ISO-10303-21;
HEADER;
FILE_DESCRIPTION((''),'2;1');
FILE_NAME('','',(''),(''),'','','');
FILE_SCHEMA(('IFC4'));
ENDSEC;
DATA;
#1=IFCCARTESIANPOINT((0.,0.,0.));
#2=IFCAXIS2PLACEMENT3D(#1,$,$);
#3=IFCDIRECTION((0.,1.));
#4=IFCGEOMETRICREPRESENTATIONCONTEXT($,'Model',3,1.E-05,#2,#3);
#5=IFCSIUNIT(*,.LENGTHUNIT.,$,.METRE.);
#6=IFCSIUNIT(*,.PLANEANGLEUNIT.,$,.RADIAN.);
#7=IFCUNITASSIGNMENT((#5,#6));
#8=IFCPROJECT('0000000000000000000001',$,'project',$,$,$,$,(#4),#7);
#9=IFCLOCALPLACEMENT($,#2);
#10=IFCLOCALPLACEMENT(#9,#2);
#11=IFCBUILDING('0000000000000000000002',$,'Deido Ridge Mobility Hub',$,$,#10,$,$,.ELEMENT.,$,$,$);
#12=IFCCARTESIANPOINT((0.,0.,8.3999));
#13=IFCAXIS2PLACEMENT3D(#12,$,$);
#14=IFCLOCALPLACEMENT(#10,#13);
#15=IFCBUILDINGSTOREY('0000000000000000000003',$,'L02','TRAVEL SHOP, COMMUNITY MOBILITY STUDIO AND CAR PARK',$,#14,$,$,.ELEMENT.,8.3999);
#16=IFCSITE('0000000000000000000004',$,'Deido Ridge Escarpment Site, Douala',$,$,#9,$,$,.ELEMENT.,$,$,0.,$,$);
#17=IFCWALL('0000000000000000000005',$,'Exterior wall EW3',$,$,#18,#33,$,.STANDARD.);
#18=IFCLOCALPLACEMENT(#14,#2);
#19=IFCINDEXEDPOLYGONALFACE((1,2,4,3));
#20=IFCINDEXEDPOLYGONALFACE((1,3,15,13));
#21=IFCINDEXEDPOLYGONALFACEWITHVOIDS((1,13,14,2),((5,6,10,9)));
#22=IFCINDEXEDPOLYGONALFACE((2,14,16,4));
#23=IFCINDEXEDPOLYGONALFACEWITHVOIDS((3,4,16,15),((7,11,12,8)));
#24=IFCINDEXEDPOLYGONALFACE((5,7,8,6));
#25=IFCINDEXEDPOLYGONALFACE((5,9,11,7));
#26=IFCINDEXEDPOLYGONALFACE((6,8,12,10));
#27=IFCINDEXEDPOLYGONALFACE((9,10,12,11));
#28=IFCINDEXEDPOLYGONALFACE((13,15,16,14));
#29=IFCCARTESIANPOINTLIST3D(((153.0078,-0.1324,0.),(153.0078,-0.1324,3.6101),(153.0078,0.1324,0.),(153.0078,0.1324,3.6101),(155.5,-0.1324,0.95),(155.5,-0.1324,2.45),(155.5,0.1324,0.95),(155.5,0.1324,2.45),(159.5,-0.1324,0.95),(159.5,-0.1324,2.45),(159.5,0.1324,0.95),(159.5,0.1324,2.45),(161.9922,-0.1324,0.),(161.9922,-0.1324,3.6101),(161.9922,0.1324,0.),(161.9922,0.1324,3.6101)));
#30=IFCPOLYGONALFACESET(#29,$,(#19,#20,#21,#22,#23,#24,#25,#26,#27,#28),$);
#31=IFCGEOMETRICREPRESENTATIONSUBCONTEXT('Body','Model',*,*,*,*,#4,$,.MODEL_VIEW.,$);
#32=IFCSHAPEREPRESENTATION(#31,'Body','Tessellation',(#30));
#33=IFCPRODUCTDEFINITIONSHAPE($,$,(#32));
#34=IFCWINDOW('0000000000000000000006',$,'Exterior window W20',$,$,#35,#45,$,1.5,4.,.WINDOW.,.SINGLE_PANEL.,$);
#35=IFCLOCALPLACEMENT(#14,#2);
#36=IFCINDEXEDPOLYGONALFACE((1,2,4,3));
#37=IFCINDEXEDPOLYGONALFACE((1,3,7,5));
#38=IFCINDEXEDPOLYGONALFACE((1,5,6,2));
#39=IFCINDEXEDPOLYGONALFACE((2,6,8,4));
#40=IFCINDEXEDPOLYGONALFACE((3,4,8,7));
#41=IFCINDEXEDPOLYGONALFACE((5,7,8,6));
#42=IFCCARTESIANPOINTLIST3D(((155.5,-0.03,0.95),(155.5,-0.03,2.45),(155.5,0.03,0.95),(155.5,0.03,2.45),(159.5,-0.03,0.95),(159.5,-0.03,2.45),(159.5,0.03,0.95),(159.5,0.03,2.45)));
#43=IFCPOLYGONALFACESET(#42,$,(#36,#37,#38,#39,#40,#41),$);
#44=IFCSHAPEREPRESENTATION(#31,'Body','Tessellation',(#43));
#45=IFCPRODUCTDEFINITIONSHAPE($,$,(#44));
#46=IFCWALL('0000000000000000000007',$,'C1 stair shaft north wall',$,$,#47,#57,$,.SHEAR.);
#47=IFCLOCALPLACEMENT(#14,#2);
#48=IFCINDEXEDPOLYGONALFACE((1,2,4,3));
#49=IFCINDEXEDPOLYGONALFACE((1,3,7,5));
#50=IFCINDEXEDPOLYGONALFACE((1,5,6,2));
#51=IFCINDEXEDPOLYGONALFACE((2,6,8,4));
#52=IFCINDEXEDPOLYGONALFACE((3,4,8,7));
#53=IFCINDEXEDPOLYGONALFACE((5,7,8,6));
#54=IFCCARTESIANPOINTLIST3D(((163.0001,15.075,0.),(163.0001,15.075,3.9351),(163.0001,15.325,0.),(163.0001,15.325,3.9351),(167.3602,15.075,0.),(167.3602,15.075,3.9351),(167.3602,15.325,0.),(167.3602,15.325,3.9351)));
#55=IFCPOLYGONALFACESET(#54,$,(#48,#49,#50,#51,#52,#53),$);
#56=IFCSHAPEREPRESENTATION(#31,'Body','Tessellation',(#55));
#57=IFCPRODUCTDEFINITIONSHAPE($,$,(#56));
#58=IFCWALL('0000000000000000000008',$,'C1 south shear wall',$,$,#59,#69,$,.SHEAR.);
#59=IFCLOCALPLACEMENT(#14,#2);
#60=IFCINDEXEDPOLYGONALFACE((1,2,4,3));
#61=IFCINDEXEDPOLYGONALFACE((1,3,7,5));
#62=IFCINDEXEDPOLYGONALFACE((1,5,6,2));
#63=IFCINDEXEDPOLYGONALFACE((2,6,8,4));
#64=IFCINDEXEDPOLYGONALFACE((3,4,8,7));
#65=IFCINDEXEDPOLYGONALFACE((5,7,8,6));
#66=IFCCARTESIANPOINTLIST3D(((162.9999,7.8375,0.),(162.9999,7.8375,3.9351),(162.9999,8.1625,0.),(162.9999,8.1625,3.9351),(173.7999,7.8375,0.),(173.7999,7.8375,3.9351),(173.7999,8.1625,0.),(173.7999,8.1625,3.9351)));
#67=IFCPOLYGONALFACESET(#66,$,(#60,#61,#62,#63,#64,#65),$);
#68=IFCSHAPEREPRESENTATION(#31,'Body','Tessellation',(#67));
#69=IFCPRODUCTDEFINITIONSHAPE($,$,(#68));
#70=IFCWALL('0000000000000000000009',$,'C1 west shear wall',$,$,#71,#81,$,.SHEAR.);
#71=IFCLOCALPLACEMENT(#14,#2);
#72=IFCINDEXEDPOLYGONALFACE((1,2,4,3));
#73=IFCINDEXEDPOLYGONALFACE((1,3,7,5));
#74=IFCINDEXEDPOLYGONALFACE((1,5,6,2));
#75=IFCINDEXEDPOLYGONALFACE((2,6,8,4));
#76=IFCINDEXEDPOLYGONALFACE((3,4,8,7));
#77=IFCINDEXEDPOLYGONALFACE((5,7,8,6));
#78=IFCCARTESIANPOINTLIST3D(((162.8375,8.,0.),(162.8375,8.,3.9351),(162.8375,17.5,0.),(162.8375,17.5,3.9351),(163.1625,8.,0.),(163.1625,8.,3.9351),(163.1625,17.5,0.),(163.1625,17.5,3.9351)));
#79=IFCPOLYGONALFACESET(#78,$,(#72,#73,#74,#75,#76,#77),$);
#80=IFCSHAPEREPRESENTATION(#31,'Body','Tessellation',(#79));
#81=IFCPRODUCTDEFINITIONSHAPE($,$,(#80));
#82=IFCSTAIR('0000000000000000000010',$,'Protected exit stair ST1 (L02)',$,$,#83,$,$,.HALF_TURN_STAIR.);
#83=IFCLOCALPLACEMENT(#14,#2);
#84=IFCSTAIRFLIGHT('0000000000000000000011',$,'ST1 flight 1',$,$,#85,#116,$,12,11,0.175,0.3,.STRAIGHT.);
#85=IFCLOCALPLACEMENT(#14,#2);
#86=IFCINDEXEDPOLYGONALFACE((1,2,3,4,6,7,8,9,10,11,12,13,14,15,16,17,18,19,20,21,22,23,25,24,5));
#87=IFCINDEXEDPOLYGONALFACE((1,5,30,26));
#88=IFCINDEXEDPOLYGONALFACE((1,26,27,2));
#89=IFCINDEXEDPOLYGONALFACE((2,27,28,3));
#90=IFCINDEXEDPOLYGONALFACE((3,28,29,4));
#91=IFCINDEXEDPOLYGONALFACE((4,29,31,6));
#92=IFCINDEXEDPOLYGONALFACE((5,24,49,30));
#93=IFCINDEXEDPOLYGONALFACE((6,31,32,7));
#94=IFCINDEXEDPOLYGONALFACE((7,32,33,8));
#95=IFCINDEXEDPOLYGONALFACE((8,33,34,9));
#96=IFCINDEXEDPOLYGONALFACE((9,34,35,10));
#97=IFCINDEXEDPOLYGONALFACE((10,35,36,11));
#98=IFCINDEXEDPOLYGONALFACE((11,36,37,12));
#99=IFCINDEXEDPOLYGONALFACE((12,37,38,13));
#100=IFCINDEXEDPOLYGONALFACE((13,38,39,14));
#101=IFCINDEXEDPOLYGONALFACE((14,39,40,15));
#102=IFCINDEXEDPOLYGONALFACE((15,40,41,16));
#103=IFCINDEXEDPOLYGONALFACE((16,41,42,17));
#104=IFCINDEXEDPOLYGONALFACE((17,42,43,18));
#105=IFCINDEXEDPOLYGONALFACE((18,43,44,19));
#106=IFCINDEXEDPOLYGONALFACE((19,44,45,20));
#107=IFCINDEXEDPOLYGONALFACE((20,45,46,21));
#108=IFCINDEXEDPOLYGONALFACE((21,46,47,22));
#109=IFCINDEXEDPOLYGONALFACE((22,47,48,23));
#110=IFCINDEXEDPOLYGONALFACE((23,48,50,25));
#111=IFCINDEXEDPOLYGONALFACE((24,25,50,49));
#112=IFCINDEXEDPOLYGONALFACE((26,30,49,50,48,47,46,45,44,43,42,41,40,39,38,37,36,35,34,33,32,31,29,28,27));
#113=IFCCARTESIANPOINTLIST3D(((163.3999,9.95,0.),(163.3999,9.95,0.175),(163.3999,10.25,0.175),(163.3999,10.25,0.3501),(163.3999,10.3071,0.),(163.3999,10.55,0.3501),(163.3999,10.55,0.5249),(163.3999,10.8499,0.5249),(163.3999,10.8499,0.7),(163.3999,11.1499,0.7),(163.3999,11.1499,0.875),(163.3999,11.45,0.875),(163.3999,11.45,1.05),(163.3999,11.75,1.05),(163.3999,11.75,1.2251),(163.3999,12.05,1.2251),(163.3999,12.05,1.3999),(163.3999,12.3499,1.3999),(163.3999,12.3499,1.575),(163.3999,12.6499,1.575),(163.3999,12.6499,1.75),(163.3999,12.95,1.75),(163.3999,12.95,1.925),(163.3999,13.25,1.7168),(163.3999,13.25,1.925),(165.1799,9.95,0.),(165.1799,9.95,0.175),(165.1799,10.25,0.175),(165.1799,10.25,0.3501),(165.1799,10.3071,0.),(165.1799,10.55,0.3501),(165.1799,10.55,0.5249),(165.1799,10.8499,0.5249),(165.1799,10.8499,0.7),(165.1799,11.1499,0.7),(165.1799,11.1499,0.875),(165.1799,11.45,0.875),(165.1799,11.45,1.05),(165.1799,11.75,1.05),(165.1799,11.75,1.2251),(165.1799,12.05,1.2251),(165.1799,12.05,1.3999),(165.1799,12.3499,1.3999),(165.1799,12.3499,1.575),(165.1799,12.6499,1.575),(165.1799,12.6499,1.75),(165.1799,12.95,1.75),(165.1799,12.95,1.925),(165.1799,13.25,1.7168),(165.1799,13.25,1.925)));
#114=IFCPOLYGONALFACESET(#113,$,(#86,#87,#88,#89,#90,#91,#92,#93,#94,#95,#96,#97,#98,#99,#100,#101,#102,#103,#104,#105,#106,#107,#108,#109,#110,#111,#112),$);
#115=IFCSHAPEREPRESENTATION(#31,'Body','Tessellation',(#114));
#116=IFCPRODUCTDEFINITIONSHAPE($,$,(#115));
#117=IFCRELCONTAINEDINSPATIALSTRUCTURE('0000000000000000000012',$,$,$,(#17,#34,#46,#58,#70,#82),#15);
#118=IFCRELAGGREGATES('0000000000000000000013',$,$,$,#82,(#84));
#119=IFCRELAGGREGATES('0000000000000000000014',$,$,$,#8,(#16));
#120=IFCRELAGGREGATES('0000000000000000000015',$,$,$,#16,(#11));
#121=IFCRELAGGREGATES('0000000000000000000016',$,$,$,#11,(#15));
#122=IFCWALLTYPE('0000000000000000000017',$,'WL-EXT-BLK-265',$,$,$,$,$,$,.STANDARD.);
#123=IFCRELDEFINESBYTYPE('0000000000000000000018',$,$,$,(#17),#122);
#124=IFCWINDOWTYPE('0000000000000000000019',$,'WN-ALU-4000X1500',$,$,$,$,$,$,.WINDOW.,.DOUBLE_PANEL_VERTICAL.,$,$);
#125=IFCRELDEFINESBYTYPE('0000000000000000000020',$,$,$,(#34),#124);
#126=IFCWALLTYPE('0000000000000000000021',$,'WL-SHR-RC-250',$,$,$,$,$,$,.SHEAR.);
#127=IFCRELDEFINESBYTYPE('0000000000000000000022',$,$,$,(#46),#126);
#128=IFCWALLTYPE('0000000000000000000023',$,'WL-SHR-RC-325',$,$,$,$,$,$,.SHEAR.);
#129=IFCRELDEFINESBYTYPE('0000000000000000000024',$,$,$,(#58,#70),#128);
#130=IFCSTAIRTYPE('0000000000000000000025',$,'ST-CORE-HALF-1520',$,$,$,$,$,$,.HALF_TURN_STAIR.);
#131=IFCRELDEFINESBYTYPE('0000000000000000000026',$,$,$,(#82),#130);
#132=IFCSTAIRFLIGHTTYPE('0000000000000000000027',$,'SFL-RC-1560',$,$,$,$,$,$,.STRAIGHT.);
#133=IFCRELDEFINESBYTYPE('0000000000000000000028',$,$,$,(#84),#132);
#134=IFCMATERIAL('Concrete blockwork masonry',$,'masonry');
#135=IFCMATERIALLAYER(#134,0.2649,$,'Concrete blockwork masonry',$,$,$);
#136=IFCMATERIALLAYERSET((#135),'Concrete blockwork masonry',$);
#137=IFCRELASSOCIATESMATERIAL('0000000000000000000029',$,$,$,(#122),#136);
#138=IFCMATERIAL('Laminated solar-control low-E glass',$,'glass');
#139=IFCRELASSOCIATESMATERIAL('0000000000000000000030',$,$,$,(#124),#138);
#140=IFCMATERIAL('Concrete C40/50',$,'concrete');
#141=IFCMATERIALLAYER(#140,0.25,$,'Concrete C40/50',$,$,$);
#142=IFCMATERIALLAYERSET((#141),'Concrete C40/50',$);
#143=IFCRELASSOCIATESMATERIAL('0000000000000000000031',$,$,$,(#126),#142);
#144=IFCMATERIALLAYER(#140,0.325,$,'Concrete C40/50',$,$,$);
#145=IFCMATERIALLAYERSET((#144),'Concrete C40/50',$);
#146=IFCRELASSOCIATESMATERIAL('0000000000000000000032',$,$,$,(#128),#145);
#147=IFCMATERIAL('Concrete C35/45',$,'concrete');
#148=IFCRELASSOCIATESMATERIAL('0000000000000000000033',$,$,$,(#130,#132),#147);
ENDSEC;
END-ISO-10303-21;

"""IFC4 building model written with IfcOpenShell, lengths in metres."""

from ifc_helpers import new_model, si_unit, direction, frame, frame_2d, origin, place, context, subcontext, project, spatial, polyline, rectangle, outline, extrude, material, layer, layer_set, type_object, element, fill, aggregate, save


model = new_model("IFC4")

# Units and contexts
model_context = context("Model", 3, precision=1e-05, world=origin(), true_north=direction((0.0, 1.0)))
body_context = subcontext(model_context, "Body", "Model", "MODEL_VIEW")
ifc_project = project(units=[si_unit("LENGTHUNIT", "METRE"), si_unit("PLANEANGLEUNIT", "RADIAN")], contexts=[model_context])

# Site, building, storey
site_placement = place(None, origin())
site = spatial("IfcSite", under=ifc_project, at=site_placement, Name="Deido Ridge Escarpment Site, Douala", CompositionType="ELEMENT", RefElevation=0.0)
building_placement = place(site_placement, origin())
building = spatial("IfcBuilding", under=site, at=building_placement, Name="Deido Ridge Mobility Hub", CompositionType="ELEMENT")
storey_placement = place(building_placement, frame((0.0, 0.0, 8.3999)))
storey = spatial("IfcBuildingStorey", under=building, at=storey_placement, Name="L02", Description="TRAVEL SHOP, COMMUNITY MOBILITY STUDIO AND CAR PARK", CompositionType="ELEMENT", Elevation=8.3999)

# Shared definitions
ifc_material_1 = material(Name="Laminated solar-control low-E glass", Category="glass")

# Wall, opening, window
ifc_material_2 = material(Name="Concrete blockwork masonry", Category="masonry")
ifc_layer_1 = layer(ifc_material_2, 0.2649, Name="Concrete blockwork masonry")
ifc_layer_set_1 = layer_set([ifc_layer_1], Name="Concrete blockwork masonry")
wall_type_1 = type_object("IfcWallType", Name="WL-EXT-BLK-265", PredefinedType="STANDARD", material=ifc_layer_set_1)
wall_1_placement = place(storey_placement, frame((153.0078, 0.0, 0.0), z_axis=(0.0, 0.0, 1.0), x_axis=(1.0, 0.0, 0.0)))
wall_1 = element("IfcWall", 1, at=wall_1_placement, inside=storey, type_object=wall_type_1, Name="Exterior wall EW3", PredefinedType="STANDARD", context=body_context, shape_type="SweptSolid", body=[
    extrude(rectangle(XDim=8.9844, YDim=0.2649, at=frame_2d((4.4922, 0.0))), origin(), (0.0, 0.0, 1.0), 3.6101),
])
opening_placement = place(wall_1_placement, frame((2.4922, 0.0, 0.95)))
opening = element("IfcOpeningElement", 2, at=opening_placement, cuts=wall_1, PredefinedType="OPENING", context=body_context, shape_type="SweptSolid", body=[
    extrude(rectangle(XDim=4.0, YDim=1.5, at=frame_2d((2.0, 0.75))), frame((0.0, 0.1426, 0.0), z_axis=(0.0, -1.0, 0.0), x_axis=(1.0, 0.0, 0.0)), (0.0, 0.0, 1.0), 0.2849),
])
window_type = type_object("IfcWindowType", Name="WN-ALU-4000X1500", PartitioningType="DOUBLE_PANEL_VERTICAL", PredefinedType="WINDOW", material=ifc_material_1)
window_placement = place(opening_placement, origin())
window = element("IfcWindow", 3, at=window_placement, inside=storey, type_object=window_type, Name="Exterior window W20", OverallHeight=1.5, OverallWidth=4.0, PartitioningType="SINGLE_PANEL", PredefinedType="WINDOW", context=body_context, shape_type="SweptSolid", body=[
    extrude(rectangle(XDim=4.0, YDim=1.5, at=frame_2d((2.0, 0.75))), frame((0.0, 0.03, 0.0), z_axis=(0.0, -1.0, 0.0), x_axis=(1.0, 0.0, 0.0)), (0.0, 0.0, 1.0), 0.0601),
])
fill(opening, window)

# Walls
ifc_material_3 = material(Name="Concrete C40/50", Category="concrete")
ifc_layer_2 = layer(ifc_material_3, 0.25, Name="Concrete C40/50")
ifc_layer_set_2 = layer_set([ifc_layer_2], Name="Concrete C40/50")
wall_type_2 = type_object("IfcWallType", Name="WL-SHR-RC-250", PredefinedType="SHEAR", material=ifc_layer_set_2)
wall_2_placement = place(storey_placement, frame((163.0, 15.2, 0.0), z_axis=(0.0, 0.0, 1.0), x_axis=(1.0, 0.0, 0.0)))
element("IfcWall", 4, at=wall_2_placement, inside=storey, type_object=wall_type_2, Name="C1 stair shaft north wall", PredefinedType="SHEAR", context=body_context, shape_type="SweptSolid", body=[
    extrude(rectangle(XDim=4.3601, YDim=0.25, at=frame_2d((2.1802, 0.0))), origin(), (0.0, 0.0, 1.0), 3.9351),
])
ifc_layer_3 = layer(ifc_material_3, 0.325, Name="Concrete C40/50")
ifc_layer_set_3 = layer_set([ifc_layer_3], Name="Concrete C40/50")
wall_type_3 = type_object("IfcWallType", Name="WL-SHR-RC-325", PredefinedType="SHEAR", material=ifc_layer_set_3)
wall_3_placement = place(storey_placement, frame((163.0, 8.0, 0.0), z_axis=(0.0, 0.0, 1.0), x_axis=(1.0, 0.0, 0.0)))
element("IfcWall", 5, at=wall_3_placement, inside=storey, type_object=wall_type_3, Name="C1 south shear wall", PredefinedType="SHEAR", context=body_context, shape_type="SweptSolid", body=[
    extrude(rectangle(XDim=10.8, YDim=0.325, at=frame_2d((5.3999, 0.0))), origin(), (0.0, 0.0, 1.0), 3.9351),
])
wall_4_placement = place(storey_placement, frame((163.0, 17.5, 0.0), z_axis=(0.0, 0.0, 1.0), x_axis=(0.0, -1.0, 0.0)))
element("IfcWall", 6, at=wall_4_placement, inside=storey, type_object=wall_type_3, Name="C1 west shear wall", PredefinedType="SHEAR", context=body_context, shape_type="SweptSolid", body=[
    extrude(rectangle(XDim=9.5, YDim=0.325, at=frame_2d((4.75, 0.0))), origin(), (0.0, 0.0, 1.0), 3.9351),
])

# Stair, stair flight
ifc_material_4 = material(Name="Concrete C35/45", Category="concrete")
stair_type = type_object("IfcStairType", Name="ST-CORE-HALF-1520", PredefinedType="HALF_TURN_STAIR", material=ifc_material_4)
stair_placement = place(storey_placement, origin())
stair = element("IfcStair", 7, at=stair_placement, inside=storey, type_object=stair_type, Name="Protected exit stair ST1 (L02)", PredefinedType="HALF_TURN_STAIR")
stair_flight_type = type_object("IfcStairFlightType", Name="SFL-RC-1560", PredefinedType="STRAIGHT", material=ifc_material_4)
stair_flight_placement = place(storey_placement, frame((164.29, 9.95, 0.0), z_axis=(0.0, 0.0, 1.0), x_axis=(0.0, 1.0, 0.0)))
stair_flight = element("IfcStairFlight", 8, at=stair_flight_placement, type_object=stair_flight_type, Name="ST1 flight 1", NumberOfRisers=12, NumberOfTreads=11, PredefinedType="STRAIGHT", RiserHeight=0.175, TreadLength=0.3, context=body_context, shape_type="SweptSolid", body=[
    extrude(outline(polyline([(0.0, 0.0), (0.0, 0.175), (0.3, 0.175), (0.3, 0.3501), (0.6001, 0.3501), (0.6001, 0.5249), (0.8999, 0.5249), (0.8999, 0.7), (1.2, 0.7), (1.2, 0.875), (1.5, 0.875), (1.5, 1.05), (1.8, 1.05), (1.8, 1.2251), (2.1001, 1.2251), (2.1001, 1.3999), (2.3999, 1.3999), (2.3999, 1.575), (2.7, 1.575), (2.7, 1.75), (3.0, 1.75), (3.0, 1.925), (3.3, 1.925), (3.3, 2.1001), (3.3, 1.7168), (0.3572, 0.0), (0.0, 0.0)])), frame((0.0, 0.8901, 0.0), z_axis=(0.0, -1.0, 0.0), x_axis=(1.0, 0.0, 0.0)), (0.0, 0.0, 1.0), 1.78),
])
aggregate(stair, [stair_flight])

save(model, "model.ifc")
